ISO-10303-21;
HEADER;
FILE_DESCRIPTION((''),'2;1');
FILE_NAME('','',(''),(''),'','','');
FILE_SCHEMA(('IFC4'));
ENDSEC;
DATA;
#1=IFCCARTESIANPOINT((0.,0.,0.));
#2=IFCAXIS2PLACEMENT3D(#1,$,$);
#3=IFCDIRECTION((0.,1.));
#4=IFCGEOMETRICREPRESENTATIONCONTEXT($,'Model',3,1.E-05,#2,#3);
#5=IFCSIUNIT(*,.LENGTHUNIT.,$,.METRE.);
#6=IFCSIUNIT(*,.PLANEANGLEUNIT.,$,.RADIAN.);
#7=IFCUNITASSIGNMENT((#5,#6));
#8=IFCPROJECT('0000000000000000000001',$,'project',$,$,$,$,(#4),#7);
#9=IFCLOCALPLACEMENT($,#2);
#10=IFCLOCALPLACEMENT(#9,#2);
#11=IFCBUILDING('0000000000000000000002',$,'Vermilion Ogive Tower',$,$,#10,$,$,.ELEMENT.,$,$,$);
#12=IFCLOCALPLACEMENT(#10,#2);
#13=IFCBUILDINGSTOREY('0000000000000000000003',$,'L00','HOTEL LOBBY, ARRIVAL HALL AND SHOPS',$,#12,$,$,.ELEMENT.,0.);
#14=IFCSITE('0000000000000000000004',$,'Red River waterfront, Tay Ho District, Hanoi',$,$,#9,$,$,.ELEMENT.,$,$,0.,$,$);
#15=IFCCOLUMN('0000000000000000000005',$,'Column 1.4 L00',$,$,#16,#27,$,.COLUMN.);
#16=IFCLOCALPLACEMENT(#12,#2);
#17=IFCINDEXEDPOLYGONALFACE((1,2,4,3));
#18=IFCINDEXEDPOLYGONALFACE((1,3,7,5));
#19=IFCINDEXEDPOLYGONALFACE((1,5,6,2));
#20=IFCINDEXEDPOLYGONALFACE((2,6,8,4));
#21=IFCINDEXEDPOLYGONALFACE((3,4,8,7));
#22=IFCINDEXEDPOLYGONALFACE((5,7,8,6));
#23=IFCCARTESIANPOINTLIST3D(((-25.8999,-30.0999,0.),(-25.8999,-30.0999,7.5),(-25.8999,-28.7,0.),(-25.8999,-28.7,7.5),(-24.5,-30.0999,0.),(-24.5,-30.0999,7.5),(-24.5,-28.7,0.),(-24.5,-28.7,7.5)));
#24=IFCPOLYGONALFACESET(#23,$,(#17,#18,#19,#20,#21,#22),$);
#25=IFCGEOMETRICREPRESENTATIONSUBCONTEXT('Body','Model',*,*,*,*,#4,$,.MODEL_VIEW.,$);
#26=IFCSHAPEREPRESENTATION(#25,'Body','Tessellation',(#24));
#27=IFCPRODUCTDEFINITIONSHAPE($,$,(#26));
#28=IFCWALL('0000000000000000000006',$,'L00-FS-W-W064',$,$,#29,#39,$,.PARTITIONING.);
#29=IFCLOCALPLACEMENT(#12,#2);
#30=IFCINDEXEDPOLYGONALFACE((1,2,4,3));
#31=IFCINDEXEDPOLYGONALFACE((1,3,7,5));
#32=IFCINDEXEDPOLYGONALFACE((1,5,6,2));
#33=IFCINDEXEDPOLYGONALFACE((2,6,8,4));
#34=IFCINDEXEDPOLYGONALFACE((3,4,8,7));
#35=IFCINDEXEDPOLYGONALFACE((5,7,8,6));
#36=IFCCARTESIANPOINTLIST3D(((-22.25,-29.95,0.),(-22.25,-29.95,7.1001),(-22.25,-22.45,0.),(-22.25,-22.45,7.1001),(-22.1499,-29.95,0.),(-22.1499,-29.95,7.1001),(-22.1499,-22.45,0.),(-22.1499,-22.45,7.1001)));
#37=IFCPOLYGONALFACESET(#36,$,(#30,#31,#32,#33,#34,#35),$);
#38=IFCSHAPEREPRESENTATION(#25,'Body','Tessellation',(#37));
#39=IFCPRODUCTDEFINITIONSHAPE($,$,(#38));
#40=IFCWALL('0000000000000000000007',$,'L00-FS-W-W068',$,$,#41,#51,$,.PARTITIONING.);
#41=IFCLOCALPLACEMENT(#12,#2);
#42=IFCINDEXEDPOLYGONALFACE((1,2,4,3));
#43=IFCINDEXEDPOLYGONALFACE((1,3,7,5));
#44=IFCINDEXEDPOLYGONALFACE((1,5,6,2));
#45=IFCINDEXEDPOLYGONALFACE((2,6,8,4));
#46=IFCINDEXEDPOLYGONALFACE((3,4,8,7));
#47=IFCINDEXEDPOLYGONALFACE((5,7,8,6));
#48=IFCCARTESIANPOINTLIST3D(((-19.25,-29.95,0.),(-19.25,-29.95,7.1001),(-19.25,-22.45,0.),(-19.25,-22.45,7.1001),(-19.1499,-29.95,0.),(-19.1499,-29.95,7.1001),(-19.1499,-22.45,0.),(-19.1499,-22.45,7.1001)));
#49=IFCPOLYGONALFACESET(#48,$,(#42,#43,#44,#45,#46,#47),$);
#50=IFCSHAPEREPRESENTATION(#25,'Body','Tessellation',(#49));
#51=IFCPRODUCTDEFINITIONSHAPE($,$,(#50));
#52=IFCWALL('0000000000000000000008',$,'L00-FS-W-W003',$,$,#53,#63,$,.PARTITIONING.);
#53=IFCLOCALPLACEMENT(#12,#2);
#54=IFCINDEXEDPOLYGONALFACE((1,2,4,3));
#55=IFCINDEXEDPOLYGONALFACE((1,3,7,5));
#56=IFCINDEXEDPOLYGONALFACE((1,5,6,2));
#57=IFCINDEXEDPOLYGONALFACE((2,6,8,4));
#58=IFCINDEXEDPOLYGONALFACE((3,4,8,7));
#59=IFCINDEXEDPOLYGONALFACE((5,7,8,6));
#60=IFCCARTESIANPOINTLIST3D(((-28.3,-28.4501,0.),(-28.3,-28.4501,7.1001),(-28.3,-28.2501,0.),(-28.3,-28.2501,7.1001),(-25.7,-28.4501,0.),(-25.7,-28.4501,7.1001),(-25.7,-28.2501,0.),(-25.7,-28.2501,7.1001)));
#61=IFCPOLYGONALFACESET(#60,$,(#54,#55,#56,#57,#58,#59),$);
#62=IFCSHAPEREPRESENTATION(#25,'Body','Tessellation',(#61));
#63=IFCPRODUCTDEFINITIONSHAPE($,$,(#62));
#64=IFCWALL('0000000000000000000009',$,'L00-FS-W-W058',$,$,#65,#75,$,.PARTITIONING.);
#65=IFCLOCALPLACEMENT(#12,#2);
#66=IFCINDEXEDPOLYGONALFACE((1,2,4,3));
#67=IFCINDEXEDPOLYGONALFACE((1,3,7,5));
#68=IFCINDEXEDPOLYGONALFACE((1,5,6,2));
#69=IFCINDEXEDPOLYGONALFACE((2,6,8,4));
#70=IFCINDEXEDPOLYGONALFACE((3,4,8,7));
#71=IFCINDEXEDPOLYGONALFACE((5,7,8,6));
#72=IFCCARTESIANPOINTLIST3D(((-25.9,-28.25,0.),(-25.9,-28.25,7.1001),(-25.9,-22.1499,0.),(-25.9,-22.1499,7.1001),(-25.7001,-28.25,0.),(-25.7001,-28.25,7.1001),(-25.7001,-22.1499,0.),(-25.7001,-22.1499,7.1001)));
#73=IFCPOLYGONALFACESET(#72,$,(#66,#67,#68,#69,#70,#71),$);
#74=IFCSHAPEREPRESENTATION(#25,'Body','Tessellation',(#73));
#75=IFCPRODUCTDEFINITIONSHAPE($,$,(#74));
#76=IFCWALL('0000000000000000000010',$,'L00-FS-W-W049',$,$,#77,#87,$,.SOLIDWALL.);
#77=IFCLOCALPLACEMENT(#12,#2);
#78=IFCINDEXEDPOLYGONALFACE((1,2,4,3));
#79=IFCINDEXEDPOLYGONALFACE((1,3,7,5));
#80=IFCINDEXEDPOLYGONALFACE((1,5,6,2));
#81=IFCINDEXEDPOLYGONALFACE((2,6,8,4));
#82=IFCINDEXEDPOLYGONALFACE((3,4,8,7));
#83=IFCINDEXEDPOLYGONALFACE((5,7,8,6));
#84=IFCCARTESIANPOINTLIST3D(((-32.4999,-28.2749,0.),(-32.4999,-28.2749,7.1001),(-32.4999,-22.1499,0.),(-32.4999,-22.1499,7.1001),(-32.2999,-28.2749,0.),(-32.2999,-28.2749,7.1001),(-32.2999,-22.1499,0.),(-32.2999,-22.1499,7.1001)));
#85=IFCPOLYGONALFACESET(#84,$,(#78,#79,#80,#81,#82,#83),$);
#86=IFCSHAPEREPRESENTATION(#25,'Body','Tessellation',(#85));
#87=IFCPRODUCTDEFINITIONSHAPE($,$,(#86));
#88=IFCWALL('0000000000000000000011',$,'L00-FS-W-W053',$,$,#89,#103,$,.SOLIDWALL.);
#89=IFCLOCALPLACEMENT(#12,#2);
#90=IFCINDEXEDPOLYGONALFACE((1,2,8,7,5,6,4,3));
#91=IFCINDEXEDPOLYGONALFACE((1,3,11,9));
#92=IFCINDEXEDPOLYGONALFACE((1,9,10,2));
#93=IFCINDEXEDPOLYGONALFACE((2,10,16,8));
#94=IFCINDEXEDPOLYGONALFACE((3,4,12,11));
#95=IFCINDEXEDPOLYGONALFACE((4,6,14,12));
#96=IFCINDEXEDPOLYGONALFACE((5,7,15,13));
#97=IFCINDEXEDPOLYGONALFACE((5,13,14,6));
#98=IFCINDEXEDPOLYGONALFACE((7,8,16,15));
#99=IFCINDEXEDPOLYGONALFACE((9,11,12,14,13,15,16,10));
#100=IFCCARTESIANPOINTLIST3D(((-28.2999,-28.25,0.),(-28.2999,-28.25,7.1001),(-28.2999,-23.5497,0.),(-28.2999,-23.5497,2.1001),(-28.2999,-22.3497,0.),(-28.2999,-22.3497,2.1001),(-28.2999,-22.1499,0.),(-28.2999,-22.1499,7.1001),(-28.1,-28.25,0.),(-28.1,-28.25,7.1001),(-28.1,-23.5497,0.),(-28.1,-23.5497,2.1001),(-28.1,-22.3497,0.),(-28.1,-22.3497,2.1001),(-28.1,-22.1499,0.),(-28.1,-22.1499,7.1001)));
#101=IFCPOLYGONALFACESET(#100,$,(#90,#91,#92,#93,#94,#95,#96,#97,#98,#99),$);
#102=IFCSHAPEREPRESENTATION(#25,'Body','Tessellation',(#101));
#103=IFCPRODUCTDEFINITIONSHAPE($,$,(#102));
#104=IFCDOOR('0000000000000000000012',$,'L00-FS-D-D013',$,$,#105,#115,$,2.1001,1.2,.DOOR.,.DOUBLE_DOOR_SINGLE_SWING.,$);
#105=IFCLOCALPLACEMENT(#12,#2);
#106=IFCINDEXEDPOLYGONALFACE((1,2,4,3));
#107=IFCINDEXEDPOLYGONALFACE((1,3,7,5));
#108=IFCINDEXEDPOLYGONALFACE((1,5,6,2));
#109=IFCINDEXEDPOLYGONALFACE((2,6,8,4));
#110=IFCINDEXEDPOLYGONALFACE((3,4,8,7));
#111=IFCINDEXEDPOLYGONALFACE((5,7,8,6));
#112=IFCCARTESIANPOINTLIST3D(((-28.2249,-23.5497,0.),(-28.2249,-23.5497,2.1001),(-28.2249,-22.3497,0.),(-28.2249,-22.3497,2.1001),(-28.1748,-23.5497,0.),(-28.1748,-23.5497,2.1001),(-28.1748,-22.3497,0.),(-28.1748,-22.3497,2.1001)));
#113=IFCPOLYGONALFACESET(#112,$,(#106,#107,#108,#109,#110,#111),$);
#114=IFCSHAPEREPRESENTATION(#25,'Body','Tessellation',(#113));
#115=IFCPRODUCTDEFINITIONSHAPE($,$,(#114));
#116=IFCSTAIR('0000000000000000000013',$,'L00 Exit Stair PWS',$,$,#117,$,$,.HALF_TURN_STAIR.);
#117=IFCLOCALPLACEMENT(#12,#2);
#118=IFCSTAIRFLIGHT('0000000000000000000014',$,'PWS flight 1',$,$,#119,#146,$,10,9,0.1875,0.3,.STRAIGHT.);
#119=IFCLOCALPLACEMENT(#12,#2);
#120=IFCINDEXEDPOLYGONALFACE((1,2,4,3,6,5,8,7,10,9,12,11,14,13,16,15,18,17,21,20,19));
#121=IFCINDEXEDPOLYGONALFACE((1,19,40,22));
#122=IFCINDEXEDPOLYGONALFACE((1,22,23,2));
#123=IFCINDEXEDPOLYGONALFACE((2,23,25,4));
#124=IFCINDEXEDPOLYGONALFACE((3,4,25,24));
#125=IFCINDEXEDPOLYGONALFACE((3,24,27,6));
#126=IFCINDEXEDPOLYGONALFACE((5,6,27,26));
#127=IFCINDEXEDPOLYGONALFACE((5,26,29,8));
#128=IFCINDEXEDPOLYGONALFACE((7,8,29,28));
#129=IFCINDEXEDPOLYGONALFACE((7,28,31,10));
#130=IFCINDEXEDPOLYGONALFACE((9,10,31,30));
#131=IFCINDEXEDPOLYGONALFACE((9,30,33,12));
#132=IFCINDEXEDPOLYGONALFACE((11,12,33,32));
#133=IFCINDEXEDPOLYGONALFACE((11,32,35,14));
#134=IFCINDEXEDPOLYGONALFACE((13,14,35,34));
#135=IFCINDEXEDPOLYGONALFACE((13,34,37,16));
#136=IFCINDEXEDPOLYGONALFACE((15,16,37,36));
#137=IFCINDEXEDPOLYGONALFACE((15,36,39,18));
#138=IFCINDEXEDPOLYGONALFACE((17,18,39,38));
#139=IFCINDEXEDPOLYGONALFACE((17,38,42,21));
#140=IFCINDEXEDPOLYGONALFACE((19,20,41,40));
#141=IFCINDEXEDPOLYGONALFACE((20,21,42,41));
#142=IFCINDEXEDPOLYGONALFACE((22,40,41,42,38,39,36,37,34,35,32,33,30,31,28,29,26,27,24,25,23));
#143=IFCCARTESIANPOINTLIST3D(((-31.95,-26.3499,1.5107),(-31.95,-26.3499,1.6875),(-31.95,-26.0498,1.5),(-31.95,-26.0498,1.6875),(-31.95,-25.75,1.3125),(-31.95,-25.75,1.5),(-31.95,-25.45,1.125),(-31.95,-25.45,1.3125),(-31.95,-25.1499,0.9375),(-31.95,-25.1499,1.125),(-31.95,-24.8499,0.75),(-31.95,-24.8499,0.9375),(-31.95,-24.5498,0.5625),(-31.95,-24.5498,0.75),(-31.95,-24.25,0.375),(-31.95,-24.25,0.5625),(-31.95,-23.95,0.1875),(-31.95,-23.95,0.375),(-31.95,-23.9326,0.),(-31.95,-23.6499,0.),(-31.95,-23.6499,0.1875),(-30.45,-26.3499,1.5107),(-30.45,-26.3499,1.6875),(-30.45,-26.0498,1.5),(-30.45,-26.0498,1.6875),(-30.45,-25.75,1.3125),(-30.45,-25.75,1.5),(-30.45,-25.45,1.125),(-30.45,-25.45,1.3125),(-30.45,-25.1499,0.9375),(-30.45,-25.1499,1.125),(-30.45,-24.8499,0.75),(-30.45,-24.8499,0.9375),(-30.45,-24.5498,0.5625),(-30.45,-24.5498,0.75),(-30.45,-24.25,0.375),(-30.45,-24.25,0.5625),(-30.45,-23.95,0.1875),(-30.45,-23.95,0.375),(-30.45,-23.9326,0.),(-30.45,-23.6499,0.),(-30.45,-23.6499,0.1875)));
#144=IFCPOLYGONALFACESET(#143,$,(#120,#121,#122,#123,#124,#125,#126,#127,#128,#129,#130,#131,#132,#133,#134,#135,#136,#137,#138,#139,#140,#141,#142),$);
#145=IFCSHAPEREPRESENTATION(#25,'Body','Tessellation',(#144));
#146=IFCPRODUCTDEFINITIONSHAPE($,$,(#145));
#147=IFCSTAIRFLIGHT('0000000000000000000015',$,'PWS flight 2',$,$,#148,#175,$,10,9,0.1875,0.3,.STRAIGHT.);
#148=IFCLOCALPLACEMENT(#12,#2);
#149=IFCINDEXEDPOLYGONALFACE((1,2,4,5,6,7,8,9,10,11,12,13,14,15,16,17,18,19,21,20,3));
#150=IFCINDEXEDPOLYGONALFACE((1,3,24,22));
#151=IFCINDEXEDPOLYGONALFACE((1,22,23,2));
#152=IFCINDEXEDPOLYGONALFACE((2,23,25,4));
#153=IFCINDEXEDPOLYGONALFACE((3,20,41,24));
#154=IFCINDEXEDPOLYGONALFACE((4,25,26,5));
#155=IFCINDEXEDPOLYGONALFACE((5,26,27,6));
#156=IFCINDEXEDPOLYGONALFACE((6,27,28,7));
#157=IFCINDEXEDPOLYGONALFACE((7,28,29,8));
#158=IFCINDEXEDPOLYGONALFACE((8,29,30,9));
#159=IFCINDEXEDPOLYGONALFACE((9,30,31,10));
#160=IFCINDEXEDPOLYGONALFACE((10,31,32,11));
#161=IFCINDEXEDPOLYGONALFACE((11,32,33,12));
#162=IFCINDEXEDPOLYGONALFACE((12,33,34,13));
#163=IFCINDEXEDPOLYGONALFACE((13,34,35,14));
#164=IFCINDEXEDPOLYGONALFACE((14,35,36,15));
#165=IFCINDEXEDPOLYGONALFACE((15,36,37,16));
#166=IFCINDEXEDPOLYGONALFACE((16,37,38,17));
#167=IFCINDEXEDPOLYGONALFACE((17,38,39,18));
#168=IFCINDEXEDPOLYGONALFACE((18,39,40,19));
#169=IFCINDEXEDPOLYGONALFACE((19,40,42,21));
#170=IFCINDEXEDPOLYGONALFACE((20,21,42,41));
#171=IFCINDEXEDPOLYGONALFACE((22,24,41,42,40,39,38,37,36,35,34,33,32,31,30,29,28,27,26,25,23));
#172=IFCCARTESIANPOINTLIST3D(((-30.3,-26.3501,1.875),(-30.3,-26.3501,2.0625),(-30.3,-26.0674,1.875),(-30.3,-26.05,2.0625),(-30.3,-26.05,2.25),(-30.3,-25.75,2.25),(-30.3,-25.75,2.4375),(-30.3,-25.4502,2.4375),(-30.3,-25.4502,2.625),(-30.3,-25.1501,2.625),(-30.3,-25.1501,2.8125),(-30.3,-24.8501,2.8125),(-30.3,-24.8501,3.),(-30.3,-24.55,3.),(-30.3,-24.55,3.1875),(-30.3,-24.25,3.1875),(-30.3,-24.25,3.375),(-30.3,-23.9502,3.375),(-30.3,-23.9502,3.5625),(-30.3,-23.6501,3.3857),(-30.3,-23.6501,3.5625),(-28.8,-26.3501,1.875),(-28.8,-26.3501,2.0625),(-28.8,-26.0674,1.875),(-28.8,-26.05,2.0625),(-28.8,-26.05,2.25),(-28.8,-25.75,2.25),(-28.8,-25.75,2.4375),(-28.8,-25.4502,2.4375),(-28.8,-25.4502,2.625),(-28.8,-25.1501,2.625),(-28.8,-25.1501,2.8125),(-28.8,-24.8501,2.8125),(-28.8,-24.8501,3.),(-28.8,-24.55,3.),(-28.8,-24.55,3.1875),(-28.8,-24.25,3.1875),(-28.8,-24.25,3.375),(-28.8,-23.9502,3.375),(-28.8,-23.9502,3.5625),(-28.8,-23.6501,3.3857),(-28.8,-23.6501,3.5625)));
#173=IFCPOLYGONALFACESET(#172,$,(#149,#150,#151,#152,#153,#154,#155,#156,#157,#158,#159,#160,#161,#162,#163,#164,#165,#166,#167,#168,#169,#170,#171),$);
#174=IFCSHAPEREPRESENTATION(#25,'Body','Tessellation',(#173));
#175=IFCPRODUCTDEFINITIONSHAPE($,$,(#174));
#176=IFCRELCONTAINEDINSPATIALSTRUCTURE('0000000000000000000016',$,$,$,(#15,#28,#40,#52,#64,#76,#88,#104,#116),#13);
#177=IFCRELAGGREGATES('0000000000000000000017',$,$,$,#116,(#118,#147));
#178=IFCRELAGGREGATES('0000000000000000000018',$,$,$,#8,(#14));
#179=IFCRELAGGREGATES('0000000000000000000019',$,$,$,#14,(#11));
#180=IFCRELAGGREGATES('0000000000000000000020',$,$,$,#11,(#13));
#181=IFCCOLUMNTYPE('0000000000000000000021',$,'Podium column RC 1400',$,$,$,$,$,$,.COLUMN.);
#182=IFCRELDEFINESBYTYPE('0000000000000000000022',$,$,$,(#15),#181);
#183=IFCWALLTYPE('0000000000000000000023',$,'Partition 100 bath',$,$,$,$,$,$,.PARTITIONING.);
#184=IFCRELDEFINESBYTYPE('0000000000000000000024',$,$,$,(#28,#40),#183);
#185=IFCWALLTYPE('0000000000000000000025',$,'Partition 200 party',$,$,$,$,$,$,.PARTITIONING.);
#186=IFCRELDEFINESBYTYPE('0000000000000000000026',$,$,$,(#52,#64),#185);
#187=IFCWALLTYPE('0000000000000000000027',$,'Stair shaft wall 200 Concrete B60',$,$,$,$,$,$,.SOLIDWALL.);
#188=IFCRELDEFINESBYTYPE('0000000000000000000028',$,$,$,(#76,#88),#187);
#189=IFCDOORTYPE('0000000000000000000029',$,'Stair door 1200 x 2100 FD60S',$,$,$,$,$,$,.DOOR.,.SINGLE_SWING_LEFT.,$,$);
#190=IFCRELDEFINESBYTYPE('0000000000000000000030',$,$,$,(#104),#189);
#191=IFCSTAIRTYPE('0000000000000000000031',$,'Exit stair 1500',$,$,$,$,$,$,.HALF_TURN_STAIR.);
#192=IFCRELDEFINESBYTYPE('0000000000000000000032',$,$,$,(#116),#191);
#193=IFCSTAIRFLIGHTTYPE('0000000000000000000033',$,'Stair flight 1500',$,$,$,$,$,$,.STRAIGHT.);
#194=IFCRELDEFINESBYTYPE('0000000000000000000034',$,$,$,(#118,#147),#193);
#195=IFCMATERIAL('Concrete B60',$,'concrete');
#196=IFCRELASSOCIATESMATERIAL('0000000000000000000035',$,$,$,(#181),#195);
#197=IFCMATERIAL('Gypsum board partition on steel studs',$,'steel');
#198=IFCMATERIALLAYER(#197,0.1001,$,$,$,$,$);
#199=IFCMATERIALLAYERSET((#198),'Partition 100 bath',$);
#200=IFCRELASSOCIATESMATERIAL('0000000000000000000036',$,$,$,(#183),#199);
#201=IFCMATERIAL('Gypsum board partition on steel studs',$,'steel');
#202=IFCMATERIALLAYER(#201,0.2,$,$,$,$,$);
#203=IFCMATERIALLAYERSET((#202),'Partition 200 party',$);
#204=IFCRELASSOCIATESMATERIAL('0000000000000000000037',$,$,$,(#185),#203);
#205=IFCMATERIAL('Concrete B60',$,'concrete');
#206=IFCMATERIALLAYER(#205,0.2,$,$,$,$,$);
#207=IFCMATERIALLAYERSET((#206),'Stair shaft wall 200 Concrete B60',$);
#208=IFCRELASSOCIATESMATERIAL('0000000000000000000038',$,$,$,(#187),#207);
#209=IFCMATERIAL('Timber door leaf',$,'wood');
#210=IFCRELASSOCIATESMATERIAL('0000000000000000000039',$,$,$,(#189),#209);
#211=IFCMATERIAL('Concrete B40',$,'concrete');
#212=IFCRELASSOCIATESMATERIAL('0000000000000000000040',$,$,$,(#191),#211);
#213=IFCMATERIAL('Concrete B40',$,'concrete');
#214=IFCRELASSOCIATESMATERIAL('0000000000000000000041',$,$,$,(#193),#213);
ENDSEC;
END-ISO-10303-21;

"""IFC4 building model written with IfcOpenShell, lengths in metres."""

from ifc_helpers import new_model, si_unit, direction, frame, frame_2d, origin, origin_2d, place, context, subcontext, project, spatial, polyline, rectangle, outline, extrude, material, layer, layer_set, material_profile, profile_set, type_object, element, fill, aggregate, save


model = new_model("IFC4")

# Units and contexts
model_context = context("Model", 3, precision=1e-05, world=origin(), true_north=direction((0.0, 1.0)))
body_context = subcontext(model_context, "Body", "Model", "MODEL_VIEW")
ifc_project = project(units=[si_unit("LENGTHUNIT", "METRE"), si_unit("PLANEANGLEUNIT", "RADIAN")], contexts=[model_context])

# Site, building, storey
site_placement = place(None, origin())
site = spatial("IfcSite", under=ifc_project, at=site_placement, Name="Red River waterfront, Tay Ho District, Hanoi", CompositionType="ELEMENT", RefElevation=0.0)
building_placement = place(site_placement, origin())
building = spatial("IfcBuilding", under=site, at=building_placement, Name="Vermilion Ogive Tower", CompositionType="ELEMENT")
storey_placement = place(building_placement, origin())
storey = spatial("IfcBuildingStorey", under=building, at=storey_placement, Name="L00", Description="HOTEL LOBBY, ARRIVAL HALL AND SHOPS", CompositionType="ELEMENT", Elevation=0.0)

# Column
ifc_material_1 = material(Name="Concrete B60", Category="concrete")
ifc_material_profile = material_profile(ifc_material_1, rectangle(XDim=1.3999, YDim=1.3999, at=origin_2d()), Name="RC 1400x1400")
ifc_profile_set = profile_set([ifc_material_profile], Name="Concrete B60")
column_type = type_object("IfcColumnType", Name="Podium column RC 1400", PredefinedType="COLUMN", material=ifc_profile_set)
column_placement = place(storey_placement, frame((-25.2, -29.3999, 0.0), z_axis=(0.0, 0.0, 1.0), x_axis=(1.0, 0.0, 0.0)))
element("IfcColumn", 1, at=column_placement, inside=storey, type_object=column_type, Name="Column 1.4 L00", PredefinedType="COLUMN", context=body_context, shape_type="SweptSolid", body=[
    extrude(rectangle(XDim=1.3999, YDim=1.3999, at=origin_2d()), origin(), (0.0, 0.0, 1.0), 7.5),
])

# Walls
ifc_material_2 = material(Name="Gypsum board partition on steel studs", Category="steel")
ifc_layer_1 = layer(ifc_material_2, 0.1001)
ifc_layer_set_1 = layer_set([ifc_layer_1], Name="Partition 100 bath")
wall_type_1 = type_object("IfcWallType", Name="Partition 100 bath", PredefinedType="PARTITIONING", material=ifc_layer_set_1)
for number, where, z_axis, x_axis, name in (
    (2, (-22.2, -29.95, 0.0), (0.0, 0.0, 1.0), (0.0, 1.0, 0.0), "L00-FS-W-W064"),
    (3, (-19.2, -29.95, 0.0), (0.0, 0.0, 1.0), (0.0, 1.0, 0.0), "L00-FS-W-W068"),
):
    element("IfcWall", number, at=place(storey_placement, frame(where, z_axis=z_axis, x_axis=x_axis)), inside=storey, type_object=wall_type_1, Name=name, PredefinedType="PARTITIONING", context=body_context, shape_type="SweptSolid", body=[
        extrude(rectangle(XDim=7.5, YDim=0.1001, at=frame_2d((3.75, 0.0))), origin(), (0.0, 0.0, 1.0), 7.1001),
    ])
ifc_material_3 = material(Name="Gypsum board partition on steel studs", Category="steel")
ifc_layer_2 = layer(ifc_material_3, 0.2)
ifc_layer_set_2 = layer_set([ifc_layer_2], Name="Partition 200 party")
wall_type_2 = type_object("IfcWallType", Name="Partition 200 party", PredefinedType="PARTITIONING", material=ifc_layer_set_2)
wall_1_placement = place(storey_placement, frame((-28.3, -28.3501, 0.0), z_axis=(0.0, 0.0, 1.0), x_axis=(1.0, 0.0, 0.0)))
element("IfcWall", 4, at=wall_1_placement, inside=storey, type_object=wall_type_2, Name="L00-FS-W-W003", PredefinedType="PARTITIONING", context=body_context, shape_type="SweptSolid", body=[
    extrude(rectangle(XDim=2.6001, YDim=0.2, at=frame_2d((1.3, 0.0))), origin(), (0.0, 0.0, 1.0), 7.1001),
])
wall_2_placement = place(storey_placement, frame((-25.8, -28.25, 0.0), z_axis=(0.0, 0.0, 1.0), x_axis=(0.0, 1.0, 0.0)))
element("IfcWall", 5, at=wall_2_placement, inside=storey, type_object=wall_type_2, Name="L00-FS-W-W058", PredefinedType="PARTITIONING", context=body_context, shape_type="SweptSolid", body=[
    extrude(rectangle(XDim=6.1001, YDim=0.2, at=frame_2d((3.05, 0.0))), origin(), (0.0, 0.0, 1.0), 7.1001),
])
ifc_material_4 = material(Name="Concrete B60", Category="concrete")
ifc_layer_3 = layer(ifc_material_4, 0.2)
ifc_layer_set_3 = layer_set([ifc_layer_3], Name="Stair shaft wall 200 Concrete B60")
wall_type_3 = type_object("IfcWallType", Name="Stair shaft wall 200 Concrete B60", PredefinedType="SOLIDWALL", material=ifc_layer_set_3)
wall_3_placement = place(storey_placement, frame((-32.3999, -28.2749, 0.0), z_axis=(0.0, 0.0, 1.0), x_axis=(0.0, 1.0, 0.0)))
element("IfcWall", 6, at=wall_3_placement, inside=storey, type_object=wall_type_3, Name="L00-FS-W-W049", PredefinedType="SOLIDWALL", context=body_context, shape_type="SweptSolid", body=[
    extrude(rectangle(XDim=6.125, YDim=0.2, at=frame_2d((3.0625, 0.0))), origin(), (0.0, 0.0, 1.0), 7.1001),
])

# Wall, opening, door
wall_4_placement = place(storey_placement, frame((-28.2, -28.25, 0.0), z_axis=(0.0, 0.0, 1.0), x_axis=(0.0, 1.0, 0.0)))
wall_4 = element("IfcWall", 7, at=wall_4_placement, inside=storey, type_object=wall_type_3, Name="L00-FS-W-W053", PredefinedType="SOLIDWALL", context=body_context, shape_type="SweptSolid", body=[
    extrude(rectangle(XDim=6.1001, YDim=0.2, at=frame_2d((3.05, 0.0))), origin(), (0.0, 0.0, 1.0), 7.1001),
])
opening_placement = place(wall_4_placement, frame((4.7002, 0.0, 0.0)))
opening = element("IfcOpeningElement", 8, at=opening_placement, cuts=wall_4, PredefinedType="OPENING", context=body_context, shape_type="SweptSolid", body=[
    extrude(rectangle(XDim=1.2, YDim=2.1001, at=frame_2d((0.6001, 1.05))), frame((0.0, 0.1099, 0.0), z_axis=(0.0, -1.0, 0.0), x_axis=(1.0, 0.0, 0.0)), (0.0, 0.0, 1.0), 0.22),
])
ifc_material_5 = material(Name="Timber door leaf", Category="wood")
door_type = type_object("IfcDoorType", Name="Stair door 1200 x 2100 FD60S", OperationType="SINGLE_SWING_LEFT", PredefinedType="DOOR", material=ifc_material_5)
door_placement = place(opening_placement, origin())
door = element("IfcDoor", 9, at=door_placement, inside=storey, type_object=door_type, Name="L00-FS-D-D013", OperationType="DOUBLE_DOOR_SINGLE_SWING", OverallHeight=2.1001, OverallWidth=1.2, PredefinedType="DOOR", context=body_context, shape_type="SweptSolid", body=[
    extrude(rectangle(XDim=1.2, YDim=2.1001, at=frame_2d((0.6001, 1.05))), frame((0.0, 0.0249, 0.0), z_axis=(0.0, -1.0, 0.0), x_axis=(1.0, 0.0, 0.0)), (0.0, 0.0, 1.0), 0.05),
])
fill(opening, door)

# Stair, stair flights
ifc_material_6 = material(Name="Concrete B40", Category="concrete")
stair_type = type_object("IfcStairType", Name="Exit stair 1500", PredefinedType="HALF_TURN_STAIR", material=ifc_material_6)
stair_placement = place(storey_placement, origin())
stair = element("IfcStair", 10, at=stair_placement, inside=storey, type_object=stair_type, Name="L00 Exit Stair PWS", PredefinedType="HALF_TURN_STAIR")
ifc_material_7 = material(Name="Concrete B40", Category="concrete")
stair_flight_type = type_object("IfcStairFlightType", Name="Stair flight 1500", PredefinedType="STRAIGHT", material=ifc_material_7)
stair_flight_1_placement = place(storey_placement, frame((-31.2, -23.6499, 0.0), z_axis=(0.0, 0.0, 1.0), x_axis=(0.0, -1.0, 0.0)))
stair_flight_1 = element("IfcStairFlight", 11, at=stair_flight_1_placement, type_object=stair_flight_type, Name="PWS flight 1", NumberOfRisers=10, NumberOfTreads=9, PredefinedType="STRAIGHT", RiserHeight=0.1875, TreadLength=0.3, context=body_context, shape_type="SweptSolid", body=[
    extrude(outline(polyline([(0.0, 0.0), (0.0, 0.1875), (0.3, 0.1875), (0.3, 0.375), (0.6001, 0.375), (0.6001, 0.5625), (0.8999, 0.5625), (0.8999, 0.75), (1.2, 0.75), (1.2, 0.9375), (1.5, 0.9375), (1.5, 1.125), (1.8, 1.125), (1.8, 1.3125), (2.1001, 1.3125), (2.1001, 1.5), (2.3999, 1.5), (2.3999, 1.6875), (2.7, 1.6875), (2.7, 1.875), (2.7, 1.5107), (0.2827, 0.0), (0.0, 0.0)])), frame((0.0, 0.75, 0.0), z_axis=(0.0, -1.0, 0.0), x_axis=(1.0, 0.0, 0.0)), (0.0, 0.0, 1.0), 1.5),
])
stair_flight_2_placement = place(storey_placement, frame((-29.55, -26.3501, 1.875), z_axis=(0.0, 0.0, 1.0), x_axis=(0.0, 1.0, 0.0)))
stair_flight_2 = element("IfcStairFlight", 12, at=stair_flight_2_placement, type_object=stair_flight_type, Name="PWS flight 2", NumberOfRisers=10, NumberOfTreads=9, PredefinedType="STRAIGHT", RiserHeight=0.1875, TreadLength=0.3, context=body_context, shape_type="SweptSolid", body=[
    extrude(outline(polyline([(0.0, 0.0), (0.0, 0.1875), (0.3, 0.1875), (0.3, 0.375), (0.6001, 0.375), (0.6001, 0.5625), (0.8999, 0.5625), (0.8999, 0.75), (1.2, 0.75), (1.2, 0.9375), (1.5, 0.9375), (1.5, 1.125), (1.8, 1.125), (1.8, 1.3125), (2.1001, 1.3125), (2.1001, 1.5), (2.3999, 1.5), (2.3999, 1.6875), (2.7, 1.6875), (2.7, 1.875), (2.7, 1.5107), (0.2827, 0.0), (0.0, 0.0)])), frame((0.0, 0.75, 0.0), z_axis=(0.0, -1.0, 0.0), x_axis=(1.0, 0.0, 0.0)), (0.0, 0.0, 1.0), 1.5),
])
aggregate(stair, [stair_flight_1, stair_flight_2])

save(model, "model.ifc")
